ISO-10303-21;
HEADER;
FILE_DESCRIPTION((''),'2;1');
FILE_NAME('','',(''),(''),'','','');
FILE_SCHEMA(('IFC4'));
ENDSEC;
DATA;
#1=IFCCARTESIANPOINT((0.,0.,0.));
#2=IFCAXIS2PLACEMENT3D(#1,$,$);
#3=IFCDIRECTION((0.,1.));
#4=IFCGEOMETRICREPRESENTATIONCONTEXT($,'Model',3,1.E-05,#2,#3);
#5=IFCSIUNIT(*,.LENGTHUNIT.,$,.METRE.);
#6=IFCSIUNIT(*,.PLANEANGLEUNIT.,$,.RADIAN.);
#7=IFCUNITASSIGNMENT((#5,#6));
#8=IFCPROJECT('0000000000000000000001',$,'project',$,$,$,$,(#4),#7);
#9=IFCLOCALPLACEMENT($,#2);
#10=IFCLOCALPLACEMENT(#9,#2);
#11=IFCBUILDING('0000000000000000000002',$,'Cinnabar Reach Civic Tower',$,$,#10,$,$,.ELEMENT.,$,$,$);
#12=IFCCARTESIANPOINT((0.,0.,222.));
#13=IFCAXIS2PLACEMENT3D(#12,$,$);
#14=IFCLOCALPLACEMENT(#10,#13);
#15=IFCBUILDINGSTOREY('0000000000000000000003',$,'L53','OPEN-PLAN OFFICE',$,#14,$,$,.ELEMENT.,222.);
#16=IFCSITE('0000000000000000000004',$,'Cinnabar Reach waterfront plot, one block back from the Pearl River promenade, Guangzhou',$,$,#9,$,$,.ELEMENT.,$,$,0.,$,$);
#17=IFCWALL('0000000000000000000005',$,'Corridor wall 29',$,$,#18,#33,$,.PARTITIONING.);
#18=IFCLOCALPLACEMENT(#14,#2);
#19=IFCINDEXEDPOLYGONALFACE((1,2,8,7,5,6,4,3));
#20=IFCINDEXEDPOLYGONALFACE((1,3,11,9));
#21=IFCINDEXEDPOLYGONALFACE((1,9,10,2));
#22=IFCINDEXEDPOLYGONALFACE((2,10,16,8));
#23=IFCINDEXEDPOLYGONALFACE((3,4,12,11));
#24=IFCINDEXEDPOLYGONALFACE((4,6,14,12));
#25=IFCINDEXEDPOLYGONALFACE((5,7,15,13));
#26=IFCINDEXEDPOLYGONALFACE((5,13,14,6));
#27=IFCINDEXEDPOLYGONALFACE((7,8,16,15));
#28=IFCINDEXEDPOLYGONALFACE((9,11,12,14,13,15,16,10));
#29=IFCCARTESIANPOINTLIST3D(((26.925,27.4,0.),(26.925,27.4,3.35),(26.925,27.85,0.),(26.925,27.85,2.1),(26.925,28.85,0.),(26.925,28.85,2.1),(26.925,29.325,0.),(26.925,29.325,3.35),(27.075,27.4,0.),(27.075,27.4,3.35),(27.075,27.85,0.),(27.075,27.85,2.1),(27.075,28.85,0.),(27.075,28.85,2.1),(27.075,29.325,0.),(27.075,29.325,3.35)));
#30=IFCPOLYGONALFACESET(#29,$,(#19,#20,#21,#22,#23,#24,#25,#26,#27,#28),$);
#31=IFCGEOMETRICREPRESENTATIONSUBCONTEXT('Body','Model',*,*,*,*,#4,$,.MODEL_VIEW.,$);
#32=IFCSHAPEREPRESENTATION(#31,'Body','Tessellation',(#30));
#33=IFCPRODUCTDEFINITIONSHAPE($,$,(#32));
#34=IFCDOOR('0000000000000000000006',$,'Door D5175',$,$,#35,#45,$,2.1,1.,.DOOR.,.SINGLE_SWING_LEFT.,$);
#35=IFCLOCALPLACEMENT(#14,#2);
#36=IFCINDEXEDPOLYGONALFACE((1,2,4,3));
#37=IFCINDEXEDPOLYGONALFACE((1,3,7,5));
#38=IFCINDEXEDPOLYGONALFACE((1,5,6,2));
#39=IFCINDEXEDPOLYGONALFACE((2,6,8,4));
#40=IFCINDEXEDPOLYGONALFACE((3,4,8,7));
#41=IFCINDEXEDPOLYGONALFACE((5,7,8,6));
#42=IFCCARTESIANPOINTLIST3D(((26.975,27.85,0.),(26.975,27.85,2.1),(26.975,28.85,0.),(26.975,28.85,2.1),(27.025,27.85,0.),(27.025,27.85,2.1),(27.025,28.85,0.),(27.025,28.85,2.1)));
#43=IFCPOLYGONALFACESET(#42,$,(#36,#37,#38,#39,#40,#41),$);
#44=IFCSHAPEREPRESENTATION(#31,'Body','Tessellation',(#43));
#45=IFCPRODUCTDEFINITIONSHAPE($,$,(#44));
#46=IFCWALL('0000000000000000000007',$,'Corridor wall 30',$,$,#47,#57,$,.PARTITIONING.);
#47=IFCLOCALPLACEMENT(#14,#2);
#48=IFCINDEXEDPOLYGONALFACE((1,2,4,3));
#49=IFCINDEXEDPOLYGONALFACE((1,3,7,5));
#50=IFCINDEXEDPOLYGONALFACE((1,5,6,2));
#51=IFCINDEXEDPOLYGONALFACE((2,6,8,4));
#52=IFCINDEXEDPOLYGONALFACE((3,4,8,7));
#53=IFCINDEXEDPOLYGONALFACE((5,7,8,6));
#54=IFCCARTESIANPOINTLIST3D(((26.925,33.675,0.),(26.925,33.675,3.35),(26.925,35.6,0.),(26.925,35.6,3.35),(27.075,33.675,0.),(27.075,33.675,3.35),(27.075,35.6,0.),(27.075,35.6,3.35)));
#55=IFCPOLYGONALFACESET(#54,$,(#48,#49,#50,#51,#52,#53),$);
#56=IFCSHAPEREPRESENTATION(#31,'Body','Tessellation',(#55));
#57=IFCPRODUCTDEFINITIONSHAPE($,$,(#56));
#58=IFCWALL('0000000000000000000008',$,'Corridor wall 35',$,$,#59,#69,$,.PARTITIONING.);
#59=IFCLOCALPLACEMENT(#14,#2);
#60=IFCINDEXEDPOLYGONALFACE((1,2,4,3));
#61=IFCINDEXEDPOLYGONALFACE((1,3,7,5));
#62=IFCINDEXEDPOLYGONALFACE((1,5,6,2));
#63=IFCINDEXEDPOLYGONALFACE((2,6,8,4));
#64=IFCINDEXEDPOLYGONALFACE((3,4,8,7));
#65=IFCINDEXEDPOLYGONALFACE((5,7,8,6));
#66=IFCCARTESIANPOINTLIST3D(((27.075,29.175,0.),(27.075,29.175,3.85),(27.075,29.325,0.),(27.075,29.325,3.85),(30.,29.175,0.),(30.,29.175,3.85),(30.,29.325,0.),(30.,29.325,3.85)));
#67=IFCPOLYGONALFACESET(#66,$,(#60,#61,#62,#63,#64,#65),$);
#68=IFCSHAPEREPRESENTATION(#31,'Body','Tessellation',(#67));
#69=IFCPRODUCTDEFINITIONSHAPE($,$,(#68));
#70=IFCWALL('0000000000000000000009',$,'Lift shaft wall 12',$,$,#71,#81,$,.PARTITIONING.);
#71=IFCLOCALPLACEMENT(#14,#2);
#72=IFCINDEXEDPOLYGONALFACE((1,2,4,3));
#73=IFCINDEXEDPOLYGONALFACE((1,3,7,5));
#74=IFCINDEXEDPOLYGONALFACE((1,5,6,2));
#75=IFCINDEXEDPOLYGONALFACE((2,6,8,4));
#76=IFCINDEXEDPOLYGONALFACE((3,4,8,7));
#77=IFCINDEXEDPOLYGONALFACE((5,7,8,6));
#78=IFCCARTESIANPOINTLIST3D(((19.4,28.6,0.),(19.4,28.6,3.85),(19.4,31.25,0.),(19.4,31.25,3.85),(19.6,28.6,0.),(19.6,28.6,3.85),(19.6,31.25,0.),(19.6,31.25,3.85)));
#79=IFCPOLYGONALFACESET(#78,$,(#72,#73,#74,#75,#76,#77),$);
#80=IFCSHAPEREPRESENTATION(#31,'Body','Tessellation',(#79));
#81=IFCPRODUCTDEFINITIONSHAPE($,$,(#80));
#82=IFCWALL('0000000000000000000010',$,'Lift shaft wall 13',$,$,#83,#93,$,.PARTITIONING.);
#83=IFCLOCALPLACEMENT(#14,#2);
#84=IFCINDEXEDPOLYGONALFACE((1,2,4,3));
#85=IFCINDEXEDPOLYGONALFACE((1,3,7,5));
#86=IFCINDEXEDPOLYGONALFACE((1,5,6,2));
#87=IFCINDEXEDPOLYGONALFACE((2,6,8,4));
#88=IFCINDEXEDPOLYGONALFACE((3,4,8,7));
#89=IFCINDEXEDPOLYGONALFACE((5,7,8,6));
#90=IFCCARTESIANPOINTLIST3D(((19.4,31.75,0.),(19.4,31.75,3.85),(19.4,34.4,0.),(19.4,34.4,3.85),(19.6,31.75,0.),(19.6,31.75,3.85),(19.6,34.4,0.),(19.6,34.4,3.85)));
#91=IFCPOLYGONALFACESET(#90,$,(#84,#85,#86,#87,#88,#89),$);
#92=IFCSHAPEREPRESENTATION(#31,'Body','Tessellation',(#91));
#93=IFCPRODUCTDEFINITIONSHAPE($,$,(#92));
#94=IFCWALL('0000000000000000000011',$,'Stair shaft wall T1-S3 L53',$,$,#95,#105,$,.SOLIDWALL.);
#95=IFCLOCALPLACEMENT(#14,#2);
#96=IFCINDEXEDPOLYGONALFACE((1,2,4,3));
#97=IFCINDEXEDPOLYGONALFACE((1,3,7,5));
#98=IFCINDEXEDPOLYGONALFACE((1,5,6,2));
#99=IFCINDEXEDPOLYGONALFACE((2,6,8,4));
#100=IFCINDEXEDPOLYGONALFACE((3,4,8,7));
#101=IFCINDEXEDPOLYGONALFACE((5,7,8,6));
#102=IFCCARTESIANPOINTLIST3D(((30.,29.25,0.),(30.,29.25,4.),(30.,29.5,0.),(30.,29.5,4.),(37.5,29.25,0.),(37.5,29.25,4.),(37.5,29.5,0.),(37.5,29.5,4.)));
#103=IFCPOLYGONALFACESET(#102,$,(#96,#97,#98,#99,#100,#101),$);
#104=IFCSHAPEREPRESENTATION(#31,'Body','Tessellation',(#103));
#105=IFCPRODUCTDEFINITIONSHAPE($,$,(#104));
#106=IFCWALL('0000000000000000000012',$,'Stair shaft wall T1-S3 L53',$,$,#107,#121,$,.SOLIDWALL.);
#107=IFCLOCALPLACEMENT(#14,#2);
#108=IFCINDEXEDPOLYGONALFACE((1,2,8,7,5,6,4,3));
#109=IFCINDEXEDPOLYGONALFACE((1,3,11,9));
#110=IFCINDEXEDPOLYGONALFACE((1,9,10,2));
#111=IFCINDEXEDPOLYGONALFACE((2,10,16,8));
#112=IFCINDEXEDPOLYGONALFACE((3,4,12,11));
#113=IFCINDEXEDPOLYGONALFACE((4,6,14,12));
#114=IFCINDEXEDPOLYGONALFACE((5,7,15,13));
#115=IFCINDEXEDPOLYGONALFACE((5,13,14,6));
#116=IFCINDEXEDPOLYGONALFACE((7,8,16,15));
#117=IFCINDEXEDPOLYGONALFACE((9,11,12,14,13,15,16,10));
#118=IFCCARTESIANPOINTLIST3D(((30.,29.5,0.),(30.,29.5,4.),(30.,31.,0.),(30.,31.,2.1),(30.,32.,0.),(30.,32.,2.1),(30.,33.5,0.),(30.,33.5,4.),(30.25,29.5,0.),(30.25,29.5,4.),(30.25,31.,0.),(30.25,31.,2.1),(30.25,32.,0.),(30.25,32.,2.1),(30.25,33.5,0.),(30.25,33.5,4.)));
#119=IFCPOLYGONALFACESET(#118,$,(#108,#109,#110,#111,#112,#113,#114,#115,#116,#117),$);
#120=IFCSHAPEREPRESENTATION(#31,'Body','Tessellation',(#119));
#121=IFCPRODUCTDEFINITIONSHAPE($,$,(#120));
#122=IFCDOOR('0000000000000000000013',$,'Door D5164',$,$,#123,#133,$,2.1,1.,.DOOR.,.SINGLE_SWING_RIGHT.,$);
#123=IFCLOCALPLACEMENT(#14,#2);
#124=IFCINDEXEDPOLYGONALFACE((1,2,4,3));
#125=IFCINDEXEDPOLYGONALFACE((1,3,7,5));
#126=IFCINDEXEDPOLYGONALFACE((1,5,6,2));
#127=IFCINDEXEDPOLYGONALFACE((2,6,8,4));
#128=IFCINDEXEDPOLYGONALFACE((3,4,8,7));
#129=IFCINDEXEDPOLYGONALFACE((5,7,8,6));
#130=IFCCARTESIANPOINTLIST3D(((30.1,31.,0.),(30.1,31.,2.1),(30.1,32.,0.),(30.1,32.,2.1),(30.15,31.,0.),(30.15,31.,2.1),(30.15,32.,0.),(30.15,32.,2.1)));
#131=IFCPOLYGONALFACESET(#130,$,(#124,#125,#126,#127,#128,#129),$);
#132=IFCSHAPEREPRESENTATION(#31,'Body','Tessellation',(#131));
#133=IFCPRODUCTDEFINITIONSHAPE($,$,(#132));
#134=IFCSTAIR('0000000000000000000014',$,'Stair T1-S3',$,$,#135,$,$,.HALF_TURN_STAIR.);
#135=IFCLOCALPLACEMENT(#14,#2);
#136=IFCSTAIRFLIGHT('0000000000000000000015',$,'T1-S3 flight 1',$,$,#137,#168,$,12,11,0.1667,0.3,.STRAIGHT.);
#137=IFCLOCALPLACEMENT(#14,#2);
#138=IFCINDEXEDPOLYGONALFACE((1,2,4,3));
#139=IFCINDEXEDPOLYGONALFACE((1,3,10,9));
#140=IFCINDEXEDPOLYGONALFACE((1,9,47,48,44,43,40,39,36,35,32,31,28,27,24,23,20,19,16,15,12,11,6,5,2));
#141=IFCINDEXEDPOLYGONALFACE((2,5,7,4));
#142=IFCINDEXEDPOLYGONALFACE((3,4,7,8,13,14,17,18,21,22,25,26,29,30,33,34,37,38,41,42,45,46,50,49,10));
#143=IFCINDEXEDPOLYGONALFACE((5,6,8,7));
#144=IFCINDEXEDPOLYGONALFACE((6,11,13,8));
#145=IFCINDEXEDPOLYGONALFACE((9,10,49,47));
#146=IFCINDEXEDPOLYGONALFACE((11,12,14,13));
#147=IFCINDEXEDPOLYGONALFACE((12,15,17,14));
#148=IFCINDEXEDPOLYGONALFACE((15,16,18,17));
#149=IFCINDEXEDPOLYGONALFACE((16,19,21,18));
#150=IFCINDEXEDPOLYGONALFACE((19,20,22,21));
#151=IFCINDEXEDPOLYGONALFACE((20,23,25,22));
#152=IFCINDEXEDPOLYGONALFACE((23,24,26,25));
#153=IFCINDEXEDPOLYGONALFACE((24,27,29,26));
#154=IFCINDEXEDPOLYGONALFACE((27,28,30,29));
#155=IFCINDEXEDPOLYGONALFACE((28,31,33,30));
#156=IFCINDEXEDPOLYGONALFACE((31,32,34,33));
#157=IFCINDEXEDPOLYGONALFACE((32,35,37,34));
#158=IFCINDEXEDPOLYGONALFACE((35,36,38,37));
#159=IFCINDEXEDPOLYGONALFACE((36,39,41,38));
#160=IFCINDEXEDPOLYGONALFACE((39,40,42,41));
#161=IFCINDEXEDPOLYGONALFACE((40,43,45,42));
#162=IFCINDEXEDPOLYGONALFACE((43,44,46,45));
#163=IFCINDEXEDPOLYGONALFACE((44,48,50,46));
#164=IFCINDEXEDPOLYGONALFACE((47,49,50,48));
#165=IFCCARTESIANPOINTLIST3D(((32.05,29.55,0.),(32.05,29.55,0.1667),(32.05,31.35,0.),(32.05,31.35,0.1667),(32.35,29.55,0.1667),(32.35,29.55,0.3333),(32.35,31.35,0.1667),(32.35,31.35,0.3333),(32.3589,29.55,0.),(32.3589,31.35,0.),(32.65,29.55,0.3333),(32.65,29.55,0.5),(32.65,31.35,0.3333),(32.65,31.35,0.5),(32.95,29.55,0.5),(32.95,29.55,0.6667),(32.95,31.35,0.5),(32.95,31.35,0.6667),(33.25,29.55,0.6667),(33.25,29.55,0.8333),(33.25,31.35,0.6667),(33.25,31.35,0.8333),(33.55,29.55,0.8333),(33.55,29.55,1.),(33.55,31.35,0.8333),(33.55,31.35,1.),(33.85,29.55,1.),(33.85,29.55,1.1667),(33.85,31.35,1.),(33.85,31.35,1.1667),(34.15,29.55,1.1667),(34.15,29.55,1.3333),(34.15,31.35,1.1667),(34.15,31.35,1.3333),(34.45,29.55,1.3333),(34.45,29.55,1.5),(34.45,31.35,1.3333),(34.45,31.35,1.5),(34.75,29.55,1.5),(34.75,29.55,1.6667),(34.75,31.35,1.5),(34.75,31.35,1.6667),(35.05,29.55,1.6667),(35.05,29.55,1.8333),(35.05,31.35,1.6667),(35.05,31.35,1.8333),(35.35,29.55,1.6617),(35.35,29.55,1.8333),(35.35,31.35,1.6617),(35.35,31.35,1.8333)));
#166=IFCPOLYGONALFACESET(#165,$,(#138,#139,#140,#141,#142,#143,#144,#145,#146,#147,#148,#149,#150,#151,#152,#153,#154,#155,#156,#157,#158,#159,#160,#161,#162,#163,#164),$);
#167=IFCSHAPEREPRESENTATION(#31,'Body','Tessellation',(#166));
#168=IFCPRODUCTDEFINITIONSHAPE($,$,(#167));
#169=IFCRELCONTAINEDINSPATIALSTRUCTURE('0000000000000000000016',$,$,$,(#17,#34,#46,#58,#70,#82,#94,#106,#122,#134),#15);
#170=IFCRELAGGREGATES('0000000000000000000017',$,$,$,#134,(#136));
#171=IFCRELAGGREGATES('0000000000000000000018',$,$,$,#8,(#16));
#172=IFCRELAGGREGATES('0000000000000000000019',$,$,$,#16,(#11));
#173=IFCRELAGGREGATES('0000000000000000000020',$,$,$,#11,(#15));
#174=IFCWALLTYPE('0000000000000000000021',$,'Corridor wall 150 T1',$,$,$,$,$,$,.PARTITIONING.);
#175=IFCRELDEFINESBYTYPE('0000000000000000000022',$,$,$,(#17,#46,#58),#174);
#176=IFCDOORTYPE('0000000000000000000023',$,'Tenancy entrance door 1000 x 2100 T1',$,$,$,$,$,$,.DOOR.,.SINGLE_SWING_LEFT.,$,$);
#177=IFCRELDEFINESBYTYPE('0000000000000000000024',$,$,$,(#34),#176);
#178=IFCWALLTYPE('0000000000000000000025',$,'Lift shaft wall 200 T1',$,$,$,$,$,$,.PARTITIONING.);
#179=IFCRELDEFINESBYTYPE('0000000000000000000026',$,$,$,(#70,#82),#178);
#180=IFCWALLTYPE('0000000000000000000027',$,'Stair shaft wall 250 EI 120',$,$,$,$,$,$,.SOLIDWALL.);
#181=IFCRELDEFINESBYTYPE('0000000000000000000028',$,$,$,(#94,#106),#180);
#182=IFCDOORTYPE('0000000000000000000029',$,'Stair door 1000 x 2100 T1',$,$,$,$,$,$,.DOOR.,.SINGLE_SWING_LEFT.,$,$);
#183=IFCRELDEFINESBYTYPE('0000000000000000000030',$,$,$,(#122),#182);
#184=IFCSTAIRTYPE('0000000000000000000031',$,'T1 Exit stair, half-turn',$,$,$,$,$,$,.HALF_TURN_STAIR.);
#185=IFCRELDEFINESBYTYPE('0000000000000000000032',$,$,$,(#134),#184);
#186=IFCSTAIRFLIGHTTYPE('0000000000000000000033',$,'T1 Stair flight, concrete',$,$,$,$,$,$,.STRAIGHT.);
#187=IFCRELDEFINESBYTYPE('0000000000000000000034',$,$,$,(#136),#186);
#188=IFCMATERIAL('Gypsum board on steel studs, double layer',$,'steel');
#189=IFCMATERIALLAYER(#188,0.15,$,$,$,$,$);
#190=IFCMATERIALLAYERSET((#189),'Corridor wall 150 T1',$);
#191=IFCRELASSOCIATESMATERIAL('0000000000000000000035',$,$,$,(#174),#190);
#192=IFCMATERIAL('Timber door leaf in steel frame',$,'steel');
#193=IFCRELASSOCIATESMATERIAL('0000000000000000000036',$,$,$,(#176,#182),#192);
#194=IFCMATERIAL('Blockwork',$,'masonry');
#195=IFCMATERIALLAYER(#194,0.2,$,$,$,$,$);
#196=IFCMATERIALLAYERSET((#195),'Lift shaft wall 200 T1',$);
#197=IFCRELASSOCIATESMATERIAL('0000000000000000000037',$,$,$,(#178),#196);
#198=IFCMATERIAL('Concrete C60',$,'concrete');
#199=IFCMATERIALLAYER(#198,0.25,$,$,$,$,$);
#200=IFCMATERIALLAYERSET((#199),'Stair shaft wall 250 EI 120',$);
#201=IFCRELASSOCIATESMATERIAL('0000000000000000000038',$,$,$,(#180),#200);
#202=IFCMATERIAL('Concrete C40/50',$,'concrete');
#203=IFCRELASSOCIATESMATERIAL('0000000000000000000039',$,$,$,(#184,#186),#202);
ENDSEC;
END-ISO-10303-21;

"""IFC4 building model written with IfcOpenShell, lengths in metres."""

from ifc_helpers import new_model, si_unit, direction, frame, frame_2d, origin, place, context, subcontext, project, spatial, polyline, rectangle, outline, extrude, material, layer, layer_set, type_object, element, fill, aggregate, save


model = new_model("IFC4")

# Units and contexts
model_context = context("Model", 3, precision=1e-05, world=origin(), true_north=direction((0.0, 1.0)))
body_context = subcontext(model_context, "Body", "Model", "MODEL_VIEW")
ifc_project = project(units=[si_unit("LENGTHUNIT", "METRE"), si_unit("PLANEANGLEUNIT", "RADIAN")], contexts=[model_context])

# Site, building, storey
site_placement = place(None, origin())
site = spatial("IfcSite", under=ifc_project, at=site_placement, Name="Cinnabar Reach waterfront plot, one block back from the Pearl River promenade, Guangzhou", CompositionType="ELEMENT", RefElevation=0.0)
building_placement = place(site_placement, origin())
building = spatial("IfcBuilding", under=site, at=building_placement, Name="Cinnabar Reach Civic Tower", CompositionType="ELEMENT")
storey_placement = place(building_placement, frame((0.0, 0.0, 222.0)))
storey = spatial("IfcBuildingStorey", under=building, at=storey_placement, Name="L53", Description="OPEN-PLAN OFFICE", CompositionType="ELEMENT", Elevation=222.0)

# Shared definitions
ifc_material_1 = material(Name="Concrete C60", Category="concrete")

# Shared definitions
ifc_material_2 = material(Name="Timber door leaf in steel frame", Category="steel")

# Wall, opening, door
ifc_material_3 = material(Name="Gypsum board on steel studs, double layer", Category="steel")
ifc_layer_1 = layer(ifc_material_3, 0.15)
ifc_layer_set_1 = layer_set([ifc_layer_1], Name="Corridor wall 150 T1")
wall_type_1 = type_object("IfcWallType", Name="Corridor wall 150 T1", PredefinedType="PARTITIONING", material=ifc_layer_set_1)
wall_1_placement = place(storey_placement, frame((27.0, 27.4, 0.0), z_axis=(0.0, 0.0, 1.0), x_axis=(0.0, 1.0, 0.0)))
wall_1 = element("IfcWall", 1, at=wall_1_placement, inside=storey, type_object=wall_type_1, Name="Corridor wall 29", PredefinedType="PARTITIONING", context=body_context, shape_type="SweptSolid", body=[
    extrude(rectangle(XDim=1.925, YDim=0.15, at=frame_2d((0.9625, 0.0))), origin(), (0.0, 0.0, 1.0), 3.35),
])
opening_1_placement = place(wall_1_placement, frame((0.45, 0.0, 0.0)))
opening_1 = element("IfcOpeningElement", 2, at=opening_1_placement, cuts=wall_1, PredefinedType="OPENING", context=body_context, shape_type="SweptSolid", body=[
    extrude(rectangle(XDim=1.0, YDim=2.1, at=frame_2d((0.5, 1.05))), frame((0.0, 0.085, 0.0), z_axis=(0.0, -1.0, 0.0), x_axis=(1.0, 0.0, 0.0)), (0.0, 0.0, 1.0), 0.17),
])
door_type_1 = type_object("IfcDoorType", Name="Tenancy entrance door 1000 x 2100 T1", OperationType="SINGLE_SWING_LEFT", PredefinedType="DOOR", material=ifc_material_2)
door_1_placement = place(opening_1_placement, frame((1.0, 0.0, 0.0), z_axis=(0.0, 0.0, 1.0), x_axis=(-1.0, 0.0, 0.0)))
door_1 = element("IfcDoor", 3, at=door_1_placement, inside=storey, type_object=door_type_1, Name="Door D5175", OperationType="SINGLE_SWING_LEFT", OverallHeight=2.1, OverallWidth=1.0, PredefinedType="DOOR", context=body_context, shape_type="SweptSolid", body=[
    extrude(rectangle(XDim=1.0, YDim=2.1, at=frame_2d((0.5, 1.05))), frame((0.0, 0.025, 0.0), z_axis=(0.0, -1.0, 0.0), x_axis=(1.0, 0.0, 0.0)), (0.0, 0.0, 1.0), 0.05),
])
fill(opening_1, door_1)

# Walls
wall_2_placement = place(storey_placement, frame((27.0, 33.675, 0.0), z_axis=(0.0, 0.0, 1.0), x_axis=(0.0, 1.0, 0.0)))
element("IfcWall", 4, at=wall_2_placement, inside=storey, type_object=wall_type_1, Name="Corridor wall 30", PredefinedType="PARTITIONING", context=body_context, shape_type="SweptSolid", body=[
    extrude(rectangle(XDim=1.925, YDim=0.15, at=frame_2d((0.9625, 0.0))), origin(), (0.0, 0.0, 1.0), 3.35),
])
wall_3_placement = place(storey_placement, frame((27.075, 29.25, 0.0), z_axis=(0.0, 0.0, 1.0), x_axis=(1.0, 0.0, 0.0)))
element("IfcWall", 5, at=wall_3_placement, inside=storey, type_object=wall_type_1, Name="Corridor wall 35", PredefinedType="PARTITIONING", context=body_context, shape_type="SweptSolid", body=[
    extrude(rectangle(XDim=2.925, YDim=0.15, at=frame_2d((1.4625, 0.0))), origin(), (0.0, 0.0, 1.0), 3.85),
])
ifc_material_4 = material(Name="Blockwork", Category="masonry")
ifc_layer_2 = layer(ifc_material_4, 0.2)
ifc_layer_set_2 = layer_set([ifc_layer_2], Name="Lift shaft wall 200 T1")
wall_type_2 = type_object("IfcWallType", Name="Lift shaft wall 200 T1", PredefinedType="PARTITIONING", material=ifc_layer_set_2)
for number, where, z_axis, x_axis, name in (
    (6, (19.5, 28.6, 0.0), (0.0, 0.0, 1.0), (0.0, 1.0, 0.0), "Lift shaft wall 12"),
    (7, (19.5, 31.75, 0.0), (0.0, 0.0, 1.0), (0.0, 1.0, 0.0), "Lift shaft wall 13"),
):
    element("IfcWall", number, at=place(storey_placement, frame(where, z_axis=z_axis, x_axis=x_axis)), inside=storey, type_object=wall_type_2, Name=name, PredefinedType="PARTITIONING", context=body_context, shape_type="SweptSolid", body=[
        extrude(rectangle(XDim=2.65, YDim=0.2, at=frame_2d((1.325, 0.0))), origin(), (0.0, 0.0, 1.0), 3.85),
    ])
ifc_layer_3 = layer(ifc_material_1, 0.25)
ifc_layer_set_3 = layer_set([ifc_layer_3], Name="Stair shaft wall 250 EI 120")
wall_type_3 = type_object("IfcWallType", Name="Stair shaft wall 250 EI 120", PredefinedType="SOLIDWALL", material=ifc_layer_set_3)
wall_4_placement = place(storey_placement, frame((30.0, 29.375, 0.0), z_axis=(0.0, 0.0, 1.0), x_axis=(1.0, 0.0, 0.0)))
element("IfcWall", 8, at=wall_4_placement, inside=storey, type_object=wall_type_3, Name="Stair shaft wall T1-S3 L53", PredefinedType="SOLIDWALL", context=body_context, shape_type="SweptSolid", body=[
    extrude(rectangle(XDim=7.5, YDim=0.25, at=frame_2d((3.75, 0.0))), origin(), (0.0, 0.0, 1.0), 4.0),
])

# Wall, opening, door
wall_5_placement = place(storey_placement, frame((30.125, 33.5, 0.0), z_axis=(0.0, 0.0, 1.0), x_axis=(0.0, -1.0, 0.0)))
wall_5 = element("IfcWall", 9, at=wall_5_placement, inside=storey, type_object=wall_type_3, Name="Stair shaft wall T1-S3 L53", PredefinedType="SOLIDWALL", context=body_context, shape_type="SweptSolid", body=[
    extrude(rectangle(XDim=4.0, YDim=0.25, at=frame_2d((2.0, 0.0))), origin(), (0.0, 0.0, 1.0), 4.0),
])
opening_2_placement = place(wall_5_placement, frame((1.5, 0.0, 0.0)))
opening_2 = element("IfcOpeningElement", 10, at=opening_2_placement, cuts=wall_5, PredefinedType="OPENING", context=body_context, shape_type="SweptSolid", body=[
    extrude(rectangle(XDim=1.0, YDim=2.1, at=frame_2d((0.5, 1.05))), frame((0.0, 0.135, 0.0), z_axis=(0.0, -1.0, 0.0), x_axis=(1.0, 0.0, 0.0)), (0.0, 0.0, 1.0), 0.27),
])
door_type_2 = type_object("IfcDoorType", Name="Stair door 1000 x 2100 T1", OperationType="SINGLE_SWING_LEFT", PredefinedType="DOOR", material=ifc_material_2)
door_2_placement = place(opening_2_placement, origin())
door_2 = element("IfcDoor", 11, at=door_2_placement, inside=storey, type_object=door_type_2, Name="Door D5164", OperationType="SINGLE_SWING_RIGHT", OverallHeight=2.1, OverallWidth=1.0, PredefinedType="DOOR", context=body_context, shape_type="SweptSolid", body=[
    extrude(rectangle(XDim=1.0, YDim=2.1, at=frame_2d((0.5, 1.05))), frame((0.0, 0.025, 0.0), z_axis=(0.0, -1.0, 0.0), x_axis=(1.0, 0.0, 0.0)), (0.0, 0.0, 1.0), 0.05),
])
fill(opening_2, door_2)

# Stair, stair flight
ifc_material_5 = material(Name="Concrete C40/50", Category="concrete")
stair_type = type_object("IfcStairType", Name="T1 Exit stair, half-turn", PredefinedType="HALF_TURN_STAIR", material=ifc_material_5)
stair_placement = place(storey_placement, origin())
stair = element("IfcStair", 12, at=stair_placement, inside=storey, type_object=stair_type, Name="Stair T1-S3", PredefinedType="HALF_TURN_STAIR")
stair_flight_type = type_object("IfcStairFlightType", Name="T1 Stair flight, concrete", PredefinedType="STRAIGHT", material=ifc_material_5)
stair_flight_placement = place(storey_placement, frame((32.05, 30.45, 0.0), z_axis=(0.0, 0.0, 1.0), x_axis=(1.0, 0.0, 0.0)))
stair_flight = element("IfcStairFlight", 13, at=stair_flight_placement, type_object=stair_flight_type, Name="T1-S3 flight 1", NumberOfRisers=12, NumberOfTreads=11, PredefinedType="STRAIGHT", RiserHeight=0.1667, TreadLength=0.3, context=body_context, shape_type="SweptSolid", body=[
    extrude(outline(polyline([(0.0, 0.0), (0.0, 0.1667), (0.3, 0.1667), (0.3, 0.3333), (0.6, 0.3333), (0.6, 0.5), (0.9, 0.5), (0.9, 0.6667), (1.2, 0.6667), (1.2, 0.8333), (1.5, 0.8333), (1.5, 1.0), (1.8, 1.0), (1.8, 1.1667), (2.1, 1.1667), (2.1, 1.3333), (2.4, 1.3333), (2.4, 1.5), (2.7, 1.5), (2.7, 1.6667), (3.0, 1.6667), (3.0, 1.8333), (3.3, 1.8333), (3.3, 2.0), (3.3, 1.6617), (0.3089, 0.0), (0.0, 0.0)])), frame((0.0, 0.9, 0.0), z_axis=(0.0, -1.0, 0.0), x_axis=(1.0, 0.0, 0.0)), (0.0, 0.0, 1.0), 1.8),
])
aggregate(stair, [stair_flight])

save(model, "model.ifc")
